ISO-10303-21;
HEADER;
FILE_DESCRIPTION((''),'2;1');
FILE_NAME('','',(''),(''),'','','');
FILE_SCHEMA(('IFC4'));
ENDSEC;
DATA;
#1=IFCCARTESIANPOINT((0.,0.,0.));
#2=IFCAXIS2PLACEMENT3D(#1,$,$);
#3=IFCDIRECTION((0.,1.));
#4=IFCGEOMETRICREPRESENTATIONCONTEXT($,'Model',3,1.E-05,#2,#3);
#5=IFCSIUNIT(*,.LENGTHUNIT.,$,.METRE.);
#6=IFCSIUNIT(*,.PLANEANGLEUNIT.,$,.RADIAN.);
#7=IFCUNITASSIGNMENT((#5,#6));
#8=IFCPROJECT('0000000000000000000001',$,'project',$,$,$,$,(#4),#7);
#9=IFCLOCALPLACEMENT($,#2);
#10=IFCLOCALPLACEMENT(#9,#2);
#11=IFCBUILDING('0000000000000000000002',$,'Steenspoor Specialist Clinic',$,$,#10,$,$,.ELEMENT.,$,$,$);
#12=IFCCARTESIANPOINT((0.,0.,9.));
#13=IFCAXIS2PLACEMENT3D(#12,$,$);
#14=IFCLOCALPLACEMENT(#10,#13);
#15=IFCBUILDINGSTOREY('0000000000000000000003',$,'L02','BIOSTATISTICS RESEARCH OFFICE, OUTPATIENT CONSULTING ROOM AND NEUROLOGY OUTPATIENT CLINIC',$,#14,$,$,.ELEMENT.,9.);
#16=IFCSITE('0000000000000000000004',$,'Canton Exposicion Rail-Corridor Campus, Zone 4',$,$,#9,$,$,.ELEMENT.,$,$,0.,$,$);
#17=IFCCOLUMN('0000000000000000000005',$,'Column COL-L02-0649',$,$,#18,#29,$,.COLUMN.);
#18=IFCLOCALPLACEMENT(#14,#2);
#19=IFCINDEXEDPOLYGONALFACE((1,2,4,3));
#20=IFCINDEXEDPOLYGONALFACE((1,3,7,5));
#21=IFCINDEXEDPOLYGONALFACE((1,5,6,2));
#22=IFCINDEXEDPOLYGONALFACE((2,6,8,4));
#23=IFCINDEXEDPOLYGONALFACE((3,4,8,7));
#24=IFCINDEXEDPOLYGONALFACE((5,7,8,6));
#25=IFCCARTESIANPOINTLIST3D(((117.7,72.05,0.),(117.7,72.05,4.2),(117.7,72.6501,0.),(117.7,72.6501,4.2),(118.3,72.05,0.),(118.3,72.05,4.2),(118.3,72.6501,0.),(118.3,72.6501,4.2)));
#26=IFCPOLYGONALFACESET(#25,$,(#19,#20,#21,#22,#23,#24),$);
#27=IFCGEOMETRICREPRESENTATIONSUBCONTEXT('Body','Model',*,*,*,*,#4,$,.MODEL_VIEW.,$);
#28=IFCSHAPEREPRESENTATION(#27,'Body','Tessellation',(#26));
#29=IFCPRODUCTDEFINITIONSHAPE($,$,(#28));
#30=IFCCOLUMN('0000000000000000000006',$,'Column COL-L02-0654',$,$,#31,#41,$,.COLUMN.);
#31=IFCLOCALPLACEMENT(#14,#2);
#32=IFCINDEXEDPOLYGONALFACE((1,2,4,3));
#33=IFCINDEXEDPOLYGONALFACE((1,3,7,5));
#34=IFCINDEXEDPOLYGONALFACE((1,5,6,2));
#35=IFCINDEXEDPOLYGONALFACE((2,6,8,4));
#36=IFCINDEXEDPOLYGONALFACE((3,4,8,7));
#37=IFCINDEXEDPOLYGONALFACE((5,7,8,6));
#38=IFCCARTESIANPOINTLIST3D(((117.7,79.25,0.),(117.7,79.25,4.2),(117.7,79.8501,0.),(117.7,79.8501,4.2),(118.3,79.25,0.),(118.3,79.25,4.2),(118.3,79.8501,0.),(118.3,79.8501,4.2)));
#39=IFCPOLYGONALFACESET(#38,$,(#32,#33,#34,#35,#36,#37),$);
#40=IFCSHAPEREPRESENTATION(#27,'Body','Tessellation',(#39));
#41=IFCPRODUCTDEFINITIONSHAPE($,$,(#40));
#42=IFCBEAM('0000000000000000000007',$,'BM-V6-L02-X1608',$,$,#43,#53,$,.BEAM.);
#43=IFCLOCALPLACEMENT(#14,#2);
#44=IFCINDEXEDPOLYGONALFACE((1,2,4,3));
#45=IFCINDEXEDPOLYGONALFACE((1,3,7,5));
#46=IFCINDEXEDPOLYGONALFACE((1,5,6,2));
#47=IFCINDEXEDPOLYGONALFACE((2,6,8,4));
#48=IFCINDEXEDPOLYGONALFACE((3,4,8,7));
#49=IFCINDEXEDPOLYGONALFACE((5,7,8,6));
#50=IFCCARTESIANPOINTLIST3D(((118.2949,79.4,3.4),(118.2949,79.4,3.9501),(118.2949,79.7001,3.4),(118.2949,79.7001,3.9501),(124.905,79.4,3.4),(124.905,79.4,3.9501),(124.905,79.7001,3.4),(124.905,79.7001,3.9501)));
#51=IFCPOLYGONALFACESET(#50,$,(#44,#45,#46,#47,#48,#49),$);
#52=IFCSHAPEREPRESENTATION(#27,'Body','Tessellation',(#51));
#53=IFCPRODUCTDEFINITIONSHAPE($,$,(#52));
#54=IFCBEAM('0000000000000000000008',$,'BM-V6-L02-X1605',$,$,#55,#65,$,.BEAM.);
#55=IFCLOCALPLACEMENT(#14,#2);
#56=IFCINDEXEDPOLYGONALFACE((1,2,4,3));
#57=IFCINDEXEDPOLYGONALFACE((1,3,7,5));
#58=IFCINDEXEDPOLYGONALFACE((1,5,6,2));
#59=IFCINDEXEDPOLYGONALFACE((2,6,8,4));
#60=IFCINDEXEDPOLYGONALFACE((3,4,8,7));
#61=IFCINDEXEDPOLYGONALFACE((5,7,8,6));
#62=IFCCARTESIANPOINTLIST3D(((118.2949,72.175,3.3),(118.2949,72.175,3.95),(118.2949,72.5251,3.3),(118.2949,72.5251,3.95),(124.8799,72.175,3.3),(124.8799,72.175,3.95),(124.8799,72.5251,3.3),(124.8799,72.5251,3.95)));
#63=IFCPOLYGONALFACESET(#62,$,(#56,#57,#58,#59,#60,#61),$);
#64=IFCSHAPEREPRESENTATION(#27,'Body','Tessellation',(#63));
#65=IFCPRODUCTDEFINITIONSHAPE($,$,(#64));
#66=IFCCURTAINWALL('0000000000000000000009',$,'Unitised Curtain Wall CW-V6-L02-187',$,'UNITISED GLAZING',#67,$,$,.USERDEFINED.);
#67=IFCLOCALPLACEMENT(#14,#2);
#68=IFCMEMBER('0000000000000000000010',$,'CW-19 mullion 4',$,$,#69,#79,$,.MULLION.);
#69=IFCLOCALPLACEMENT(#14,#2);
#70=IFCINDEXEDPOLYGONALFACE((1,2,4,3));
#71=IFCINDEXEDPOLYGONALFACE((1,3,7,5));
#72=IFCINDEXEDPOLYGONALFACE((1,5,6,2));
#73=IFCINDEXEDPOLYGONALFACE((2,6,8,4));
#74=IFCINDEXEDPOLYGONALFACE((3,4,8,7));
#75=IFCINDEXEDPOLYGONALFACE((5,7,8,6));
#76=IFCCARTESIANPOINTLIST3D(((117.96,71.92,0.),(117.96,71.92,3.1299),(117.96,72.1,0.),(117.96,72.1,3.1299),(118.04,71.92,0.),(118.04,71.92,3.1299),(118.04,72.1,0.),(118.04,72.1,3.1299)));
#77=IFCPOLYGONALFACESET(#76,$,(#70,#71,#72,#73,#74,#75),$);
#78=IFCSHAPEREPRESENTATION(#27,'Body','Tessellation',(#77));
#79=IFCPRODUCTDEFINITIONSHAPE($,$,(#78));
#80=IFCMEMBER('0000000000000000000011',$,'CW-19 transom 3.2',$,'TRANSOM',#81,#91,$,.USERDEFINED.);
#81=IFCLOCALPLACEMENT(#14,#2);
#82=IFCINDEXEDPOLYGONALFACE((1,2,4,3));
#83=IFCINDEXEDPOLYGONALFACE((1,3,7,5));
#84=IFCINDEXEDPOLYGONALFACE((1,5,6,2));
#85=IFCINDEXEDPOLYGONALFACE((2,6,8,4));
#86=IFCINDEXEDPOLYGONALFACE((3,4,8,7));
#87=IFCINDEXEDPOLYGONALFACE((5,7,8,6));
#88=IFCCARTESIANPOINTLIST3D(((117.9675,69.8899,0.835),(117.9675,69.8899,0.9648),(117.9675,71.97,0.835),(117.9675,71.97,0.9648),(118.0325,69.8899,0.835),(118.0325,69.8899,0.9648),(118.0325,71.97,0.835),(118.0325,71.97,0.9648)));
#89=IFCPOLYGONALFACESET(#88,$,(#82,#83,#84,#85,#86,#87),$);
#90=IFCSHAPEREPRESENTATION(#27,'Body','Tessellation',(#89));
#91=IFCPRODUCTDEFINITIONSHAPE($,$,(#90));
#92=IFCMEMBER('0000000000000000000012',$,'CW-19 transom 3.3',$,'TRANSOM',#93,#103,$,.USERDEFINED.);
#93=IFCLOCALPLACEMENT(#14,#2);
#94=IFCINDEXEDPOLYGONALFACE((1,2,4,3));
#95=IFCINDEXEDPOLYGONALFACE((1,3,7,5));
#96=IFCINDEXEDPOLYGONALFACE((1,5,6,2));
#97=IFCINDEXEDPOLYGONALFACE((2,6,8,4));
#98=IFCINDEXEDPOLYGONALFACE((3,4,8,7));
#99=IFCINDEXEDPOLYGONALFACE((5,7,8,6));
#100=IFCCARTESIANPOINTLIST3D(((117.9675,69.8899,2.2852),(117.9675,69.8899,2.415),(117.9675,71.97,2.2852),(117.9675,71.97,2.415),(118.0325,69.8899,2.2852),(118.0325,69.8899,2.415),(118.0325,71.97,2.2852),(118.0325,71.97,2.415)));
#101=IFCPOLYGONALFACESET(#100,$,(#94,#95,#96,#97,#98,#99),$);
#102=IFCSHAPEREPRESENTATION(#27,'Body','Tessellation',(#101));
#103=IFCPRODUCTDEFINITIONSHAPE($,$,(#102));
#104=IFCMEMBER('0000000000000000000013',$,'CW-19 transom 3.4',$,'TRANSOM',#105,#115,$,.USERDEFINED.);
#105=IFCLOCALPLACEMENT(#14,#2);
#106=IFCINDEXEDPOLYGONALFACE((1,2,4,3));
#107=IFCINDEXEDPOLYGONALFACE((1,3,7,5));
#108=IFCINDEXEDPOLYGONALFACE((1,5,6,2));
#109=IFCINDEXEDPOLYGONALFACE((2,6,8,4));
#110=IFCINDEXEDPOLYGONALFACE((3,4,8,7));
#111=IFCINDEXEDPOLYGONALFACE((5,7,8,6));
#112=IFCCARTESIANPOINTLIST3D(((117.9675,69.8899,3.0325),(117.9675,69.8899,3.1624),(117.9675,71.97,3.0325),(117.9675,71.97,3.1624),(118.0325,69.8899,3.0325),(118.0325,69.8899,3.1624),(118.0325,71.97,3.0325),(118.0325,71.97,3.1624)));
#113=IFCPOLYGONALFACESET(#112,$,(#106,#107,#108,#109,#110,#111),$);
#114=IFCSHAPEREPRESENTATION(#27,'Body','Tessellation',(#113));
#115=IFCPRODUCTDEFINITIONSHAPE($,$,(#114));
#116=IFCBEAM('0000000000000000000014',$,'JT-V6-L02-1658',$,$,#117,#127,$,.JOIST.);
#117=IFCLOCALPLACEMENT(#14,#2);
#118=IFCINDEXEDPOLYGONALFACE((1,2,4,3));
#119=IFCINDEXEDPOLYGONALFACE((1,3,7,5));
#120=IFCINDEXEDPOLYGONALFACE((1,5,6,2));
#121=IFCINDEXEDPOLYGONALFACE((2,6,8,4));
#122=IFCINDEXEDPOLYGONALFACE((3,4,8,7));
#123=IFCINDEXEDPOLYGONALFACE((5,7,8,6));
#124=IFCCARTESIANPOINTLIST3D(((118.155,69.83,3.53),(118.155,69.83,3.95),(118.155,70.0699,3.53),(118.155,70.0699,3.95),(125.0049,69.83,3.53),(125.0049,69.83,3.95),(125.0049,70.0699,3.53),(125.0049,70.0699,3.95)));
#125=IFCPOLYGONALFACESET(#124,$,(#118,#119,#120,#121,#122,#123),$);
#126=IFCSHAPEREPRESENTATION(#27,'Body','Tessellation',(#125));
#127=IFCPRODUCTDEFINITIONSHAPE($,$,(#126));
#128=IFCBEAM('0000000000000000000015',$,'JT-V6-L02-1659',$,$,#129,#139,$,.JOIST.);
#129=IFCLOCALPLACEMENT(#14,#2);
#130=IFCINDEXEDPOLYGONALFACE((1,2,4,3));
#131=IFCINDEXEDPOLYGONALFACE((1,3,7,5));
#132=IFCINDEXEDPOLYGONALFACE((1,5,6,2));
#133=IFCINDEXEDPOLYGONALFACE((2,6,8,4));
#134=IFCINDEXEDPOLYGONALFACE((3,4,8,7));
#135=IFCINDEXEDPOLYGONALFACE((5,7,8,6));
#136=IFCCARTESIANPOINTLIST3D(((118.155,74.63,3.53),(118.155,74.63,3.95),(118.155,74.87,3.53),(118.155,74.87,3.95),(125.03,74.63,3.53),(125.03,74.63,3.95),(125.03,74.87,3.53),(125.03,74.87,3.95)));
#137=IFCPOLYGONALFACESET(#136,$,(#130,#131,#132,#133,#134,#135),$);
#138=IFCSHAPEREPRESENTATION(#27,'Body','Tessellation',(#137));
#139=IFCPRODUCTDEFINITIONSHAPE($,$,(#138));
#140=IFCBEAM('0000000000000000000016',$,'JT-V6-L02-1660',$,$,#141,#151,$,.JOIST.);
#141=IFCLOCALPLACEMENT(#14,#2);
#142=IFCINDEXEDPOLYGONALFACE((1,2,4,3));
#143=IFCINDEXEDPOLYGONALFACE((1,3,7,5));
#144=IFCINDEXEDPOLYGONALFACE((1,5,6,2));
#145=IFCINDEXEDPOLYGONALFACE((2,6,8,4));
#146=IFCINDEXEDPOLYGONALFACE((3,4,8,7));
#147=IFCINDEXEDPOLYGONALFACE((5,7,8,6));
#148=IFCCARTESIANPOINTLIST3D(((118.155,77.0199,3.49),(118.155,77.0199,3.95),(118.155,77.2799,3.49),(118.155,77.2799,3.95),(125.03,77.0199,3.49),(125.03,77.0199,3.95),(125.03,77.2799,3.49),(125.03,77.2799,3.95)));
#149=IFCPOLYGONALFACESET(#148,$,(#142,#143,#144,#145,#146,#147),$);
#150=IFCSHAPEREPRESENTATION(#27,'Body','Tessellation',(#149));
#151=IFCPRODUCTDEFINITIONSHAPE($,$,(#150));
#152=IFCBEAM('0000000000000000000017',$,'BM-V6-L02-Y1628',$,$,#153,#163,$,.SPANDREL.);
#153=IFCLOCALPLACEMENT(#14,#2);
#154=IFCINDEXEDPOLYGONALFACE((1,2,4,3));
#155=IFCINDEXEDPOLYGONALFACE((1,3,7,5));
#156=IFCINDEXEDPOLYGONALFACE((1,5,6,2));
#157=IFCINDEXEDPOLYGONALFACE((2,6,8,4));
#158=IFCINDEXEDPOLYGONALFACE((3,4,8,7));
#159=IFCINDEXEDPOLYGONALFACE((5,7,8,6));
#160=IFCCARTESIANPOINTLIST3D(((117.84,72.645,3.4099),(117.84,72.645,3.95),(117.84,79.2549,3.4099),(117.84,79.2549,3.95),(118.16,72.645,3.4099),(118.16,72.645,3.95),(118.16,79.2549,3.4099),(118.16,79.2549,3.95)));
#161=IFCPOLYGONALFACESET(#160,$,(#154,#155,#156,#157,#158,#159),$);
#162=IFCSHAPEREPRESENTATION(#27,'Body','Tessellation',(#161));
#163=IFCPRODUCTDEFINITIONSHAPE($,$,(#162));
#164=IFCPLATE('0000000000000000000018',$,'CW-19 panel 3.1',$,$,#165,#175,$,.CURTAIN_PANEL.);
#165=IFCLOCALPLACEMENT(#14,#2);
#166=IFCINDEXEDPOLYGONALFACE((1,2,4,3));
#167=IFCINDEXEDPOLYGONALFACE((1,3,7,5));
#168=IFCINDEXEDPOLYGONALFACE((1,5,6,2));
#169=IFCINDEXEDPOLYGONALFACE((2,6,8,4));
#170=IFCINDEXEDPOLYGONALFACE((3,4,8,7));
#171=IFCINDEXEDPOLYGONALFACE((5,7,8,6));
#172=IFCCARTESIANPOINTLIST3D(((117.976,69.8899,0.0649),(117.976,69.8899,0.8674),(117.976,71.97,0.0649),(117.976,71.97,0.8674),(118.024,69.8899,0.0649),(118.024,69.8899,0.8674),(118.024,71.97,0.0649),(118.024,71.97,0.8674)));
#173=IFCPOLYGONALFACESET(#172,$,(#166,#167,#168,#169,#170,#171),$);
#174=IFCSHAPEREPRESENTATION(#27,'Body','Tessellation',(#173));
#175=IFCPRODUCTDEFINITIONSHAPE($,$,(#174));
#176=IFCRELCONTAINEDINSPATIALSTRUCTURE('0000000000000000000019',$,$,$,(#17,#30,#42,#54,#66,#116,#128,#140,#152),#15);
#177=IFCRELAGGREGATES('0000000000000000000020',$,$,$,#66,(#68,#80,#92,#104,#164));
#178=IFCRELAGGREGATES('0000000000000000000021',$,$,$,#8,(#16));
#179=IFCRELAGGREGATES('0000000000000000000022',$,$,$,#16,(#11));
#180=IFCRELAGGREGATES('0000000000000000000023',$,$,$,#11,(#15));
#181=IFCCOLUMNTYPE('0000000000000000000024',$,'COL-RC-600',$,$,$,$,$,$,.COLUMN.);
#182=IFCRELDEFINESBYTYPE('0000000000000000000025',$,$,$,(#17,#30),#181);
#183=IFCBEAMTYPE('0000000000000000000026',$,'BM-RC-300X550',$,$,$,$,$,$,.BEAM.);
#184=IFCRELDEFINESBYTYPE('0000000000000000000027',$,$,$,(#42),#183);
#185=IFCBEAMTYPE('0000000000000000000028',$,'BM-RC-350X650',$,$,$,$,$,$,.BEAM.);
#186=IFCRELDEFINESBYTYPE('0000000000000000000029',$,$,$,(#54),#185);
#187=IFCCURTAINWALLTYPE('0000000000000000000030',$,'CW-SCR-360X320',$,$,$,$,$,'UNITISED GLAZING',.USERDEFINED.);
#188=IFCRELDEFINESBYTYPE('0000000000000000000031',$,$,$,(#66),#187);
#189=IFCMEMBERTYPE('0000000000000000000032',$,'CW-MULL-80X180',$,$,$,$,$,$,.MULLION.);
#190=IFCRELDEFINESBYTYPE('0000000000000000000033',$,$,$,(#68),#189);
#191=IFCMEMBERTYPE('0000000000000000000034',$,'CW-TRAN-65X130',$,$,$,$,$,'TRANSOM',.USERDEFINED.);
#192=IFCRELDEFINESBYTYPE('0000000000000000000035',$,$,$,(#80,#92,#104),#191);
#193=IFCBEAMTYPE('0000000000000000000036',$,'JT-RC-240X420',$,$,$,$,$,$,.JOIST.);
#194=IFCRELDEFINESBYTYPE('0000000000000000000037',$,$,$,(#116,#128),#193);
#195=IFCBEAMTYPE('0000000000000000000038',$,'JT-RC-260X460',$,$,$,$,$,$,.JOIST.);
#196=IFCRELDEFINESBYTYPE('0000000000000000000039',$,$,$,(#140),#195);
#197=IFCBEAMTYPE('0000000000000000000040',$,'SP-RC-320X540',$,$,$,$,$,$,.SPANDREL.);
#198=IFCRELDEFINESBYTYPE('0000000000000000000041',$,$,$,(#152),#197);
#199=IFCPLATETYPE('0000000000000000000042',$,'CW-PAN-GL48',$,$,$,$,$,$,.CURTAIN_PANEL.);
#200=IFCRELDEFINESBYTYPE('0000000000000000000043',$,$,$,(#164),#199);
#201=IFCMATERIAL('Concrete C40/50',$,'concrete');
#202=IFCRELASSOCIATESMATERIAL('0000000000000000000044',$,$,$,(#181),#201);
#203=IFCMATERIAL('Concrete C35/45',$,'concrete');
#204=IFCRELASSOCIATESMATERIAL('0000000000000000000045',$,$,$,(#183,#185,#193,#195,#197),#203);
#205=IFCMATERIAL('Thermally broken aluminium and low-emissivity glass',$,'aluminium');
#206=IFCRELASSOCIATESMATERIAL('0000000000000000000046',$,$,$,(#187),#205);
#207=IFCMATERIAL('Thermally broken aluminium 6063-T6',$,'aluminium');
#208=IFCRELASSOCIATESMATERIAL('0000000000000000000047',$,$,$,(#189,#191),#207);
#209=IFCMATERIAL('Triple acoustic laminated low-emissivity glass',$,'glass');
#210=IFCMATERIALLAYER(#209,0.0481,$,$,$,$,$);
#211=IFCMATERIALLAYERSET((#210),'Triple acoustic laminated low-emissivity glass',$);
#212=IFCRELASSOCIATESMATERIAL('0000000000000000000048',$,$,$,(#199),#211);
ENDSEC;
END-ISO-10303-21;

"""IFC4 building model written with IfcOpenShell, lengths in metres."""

from ifc_helpers import new_model, si_unit, direction, frame, origin, origin_2d, place, context, subcontext, project, spatial, rectangle, extrude, material, layer, layer_set, material_profile, profile_set, type_object, element, aggregate, save


model = new_model("IFC4")

# Units and contexts
model_context = context("Model", 3, precision=1e-05, world=origin(), true_north=direction((0.0, 1.0)))
body_context = subcontext(model_context, "Body", "Model", "MODEL_VIEW")
ifc_project = project(units=[si_unit("LENGTHUNIT", "METRE"), si_unit("PLANEANGLEUNIT", "RADIAN")], contexts=[model_context])

# Site, building, storey
site_placement = place(None, origin())
site = spatial("IfcSite", under=ifc_project, at=site_placement, Name="Canton Exposicion Rail-Corridor Campus, Zone 4", CompositionType="ELEMENT", RefElevation=0.0)
building_placement = place(site_placement, origin())
building = spatial("IfcBuilding", under=site, at=building_placement, Name="Steenspoor Specialist Clinic", CompositionType="ELEMENT")
storey_placement = place(building_placement, frame((0.0, 0.0, 9.0)))
storey = spatial("IfcBuildingStorey", under=building, at=storey_placement, Name="L02", Description="BIOSTATISTICS RESEARCH OFFICE, OUTPATIENT CONSULTING ROOM AND NEUROLOGY OUTPATIENT CLINIC", CompositionType="ELEMENT", Elevation=9.0)

# Columns
ifc_material_1 = material(Name="Concrete C40/50", Category="concrete")
ifc_material_profile_1 = material_profile(ifc_material_1, rectangle(XDim=0.6001, YDim=0.6001, at=origin_2d()), Name="RC-COL-600X600")
ifc_profile_set_1 = profile_set([ifc_material_profile_1], Name="Concrete C40/50")
column_type = type_object("IfcColumnType", Name="COL-RC-600", PredefinedType="COLUMN", material=ifc_profile_set_1)
for number, where, z_axis, x_axis, name in (
    (1, (118.0, 72.3501, 0.0), (0.0, 0.0, 1.0), (1.0, 0.0, 0.0), "Column COL-L02-0649"),
    (2, (118.0, 79.55, 0.0), (0.0, 0.0, 1.0), (1.0, 0.0, 0.0), "Column COL-L02-0654"),
):
    element("IfcColumn", number, at=place(storey_placement, frame(where, z_axis=z_axis, x_axis=x_axis)), inside=storey, type_object=column_type, Name=name, PredefinedType="COLUMN", context=body_context, shape_type="SweptSolid", body=[
        extrude(rectangle(XDim=0.6001, YDim=0.6001, at=origin_2d()), origin(), (0.0, 0.0, 1.0), 4.2),
    ])

# Beams
ifc_material_2 = material(Name="Concrete C35/45", Category="concrete")
ifc_material_profile_2 = material_profile(ifc_material_2, rectangle(XDim=0.3, YDim=0.55, at=origin_2d()), Name="RC-BM-300X550")
ifc_profile_set_2 = profile_set([ifc_material_profile_2], Name="Concrete C35/45")
beam_type_1 = type_object("IfcBeamType", Name="BM-RC-300X550", PredefinedType="BEAM", material=ifc_profile_set_2)
beam_1_placement = place(storey_placement, frame((118.2949, 79.55, 3.675), z_axis=(1.0, 0.0, 0.0), x_axis=(0.0, 1.0, 0.0)))
element("IfcBeam", 3, at=beam_1_placement, inside=storey, type_object=beam_type_1, Name="BM-V6-L02-X1608", PredefinedType="BEAM", context=body_context, shape_type="SweptSolid", body=[
    extrude(rectangle(XDim=0.3, YDim=0.55, at=origin_2d()), origin(), (0.0, 0.0, 1.0), 6.6101),
])
ifc_material_profile_3 = material_profile(ifc_material_2, rectangle(XDim=0.3501, YDim=0.6499, at=origin_2d()), Name="RC-BM-350X650")
ifc_profile_set_3 = profile_set([ifc_material_profile_3], Name="Concrete C35/45")
beam_type_2 = type_object("IfcBeamType", Name="BM-RC-350X650", PredefinedType="BEAM", material=ifc_profile_set_3)
beam_2_placement = place(storey_placement, frame((118.2949, 72.3501, 3.625), z_axis=(1.0, 0.0, 0.0), x_axis=(0.0, 1.0, 0.0)))
element("IfcBeam", 4, at=beam_2_placement, inside=storey, type_object=beam_type_2, Name="BM-V6-L02-X1605", PredefinedType="BEAM", context=body_context, shape_type="SweptSolid", body=[
    extrude(rectangle(XDim=0.3501, YDim=0.6499, at=origin_2d()), origin(), (0.0, 0.0, 1.0), 6.585),
])

# Curtain wall, members
ifc_material_3 = material(Name="Thermally broken aluminium and low-emissivity glass", Category="aluminium")
curtain_wall_type = type_object("IfcCurtainWallType", Name="CW-SCR-360X320", ElementType="UNITISED GLAZING", PredefinedType="USERDEFINED", material=ifc_material_3)
curtain_wall_placement = place(storey_placement, origin())
curtain_wall = element("IfcCurtainWall", 5, at=curtain_wall_placement, inside=storey, type_object=curtain_wall_type, Name="Unitised Curtain Wall CW-V6-L02-187", ObjectType="UNITISED GLAZING", PredefinedType="USERDEFINED")
ifc_material_4 = material(Name="Thermally broken aluminium 6063-T6", Category="aluminium")
ifc_material_profile_4 = material_profile(ifc_material_4, rectangle(XDim=0.0801, YDim=0.1799, at=origin_2d()), Name="CWM-80X180")
ifc_profile_set_4 = profile_set([ifc_material_profile_4], Name="Thermally broken aluminium 6063-T6")
member_type_1 = type_object("IfcMemberType", Name="CW-MULL-80X180", PredefinedType="MULLION", material=ifc_profile_set_4)
member_1_placement = place(storey_placement, frame((118.0, 72.01, 0.0), z_axis=(0.0, 0.0, 1.0), x_axis=(-1.0, 0.0, 0.0)))
member_1 = element("IfcMember", 6, at=member_1_placement, type_object=member_type_1, Name="CW-19 mullion 4", PredefinedType="MULLION", context=body_context, shape_type="SweptSolid", body=[
    extrude(rectangle(XDim=0.0801, YDim=0.1799, at=origin_2d()), origin(), (0.0, 0.0, 1.0), 3.1299),
])
ifc_material_profile_5 = material_profile(ifc_material_4, rectangle(XDim=0.0649, YDim=0.1299, at=origin_2d()), Name="CWT-65X130")
ifc_profile_set_5 = profile_set([ifc_material_profile_5], Name="Thermally broken aluminium 6063-T6")
member_type_2 = type_object("IfcMemberType", Name="CW-TRAN-65X130", ElementType="TRANSOM", PredefinedType="USERDEFINED", material=ifc_profile_set_5)
member_2_placement = place(storey_placement, frame((118.0, 69.8899, 0.8999), z_axis=(0.0, 1.0, 0.0), x_axis=(-1.0, 0.0, 0.0)))
member_2 = element("IfcMember", 7, at=member_2_placement, type_object=member_type_2, Name="CW-19 transom 3.2", ObjectType="TRANSOM", PredefinedType="USERDEFINED", context=body_context, shape_type="SweptSolid", body=[
    extrude(rectangle(XDim=0.0649, YDim=0.1299, at=origin_2d()), origin(), (0.0, 0.0, 1.0), 2.0801),
])
member_3_placement = place(storey_placement, frame((118.0, 69.8899, 2.3501), z_axis=(0.0, 1.0, 0.0), x_axis=(-1.0, 0.0, 0.0)))
member_3 = element("IfcMember", 8, at=member_3_placement, type_object=member_type_2, Name="CW-19 transom 3.3", ObjectType="TRANSOM", PredefinedType="USERDEFINED", context=body_context, shape_type="SweptSolid", body=[
    extrude(rectangle(XDim=0.0649, YDim=0.1299, at=origin_2d()), origin(), (0.0, 0.0, 1.0), 2.0801),
])
member_4_placement = place(storey_placement, frame((118.0, 69.8899, 3.0974), z_axis=(0.0, 1.0, 0.0), x_axis=(-1.0, 0.0, 0.0)))
member_4 = element("IfcMember", 9, at=member_4_placement, type_object=member_type_2, Name="CW-19 transom 3.4", ObjectType="TRANSOM", PredefinedType="USERDEFINED", context=body_context, shape_type="SweptSolid", body=[
    extrude(rectangle(XDim=0.0649, YDim=0.1299, at=origin_2d()), origin(), (0.0, 0.0, 1.0), 2.0801),
])

# Beams
ifc_material_profile_6 = material_profile(ifc_material_2, rectangle(XDim=0.24, YDim=0.4199, at=origin_2d()), Name="RC-JT-240X420")
ifc_profile_set_6 = profile_set([ifc_material_profile_6], Name="Concrete C35/45")
beam_type_3 = type_object("IfcBeamType", Name="JT-RC-240X420", PredefinedType="JOIST", material=ifc_profile_set_6)
beam_3_placement = place(storey_placement, frame((118.155, 69.95, 3.74), z_axis=(1.0, 0.0, 0.0), x_axis=(0.0, 1.0, 0.0)))
element("IfcBeam", 10, at=beam_3_placement, inside=storey, type_object=beam_type_3, Name="JT-V6-L02-1658", PredefinedType="JOIST", context=body_context, shape_type="SweptSolid", body=[
    extrude(rectangle(XDim=0.24, YDim=0.4199, at=origin_2d()), origin(), (0.0, 0.0, 1.0), 6.8499),
])
beam_4_placement = place(storey_placement, frame((118.155, 74.75, 3.74), z_axis=(1.0, 0.0, 0.0), x_axis=(0.0, 1.0, 0.0)))
element("IfcBeam", 11, at=beam_4_placement, inside=storey, type_object=beam_type_3, Name="JT-V6-L02-1659", PredefinedType="JOIST", context=body_context, shape_type="SweptSolid", body=[
    extrude(rectangle(XDim=0.24, YDim=0.4199, at=origin_2d()), origin(), (0.0, 0.0, 1.0), 6.875),
])
ifc_material_profile_7 = material_profile(ifc_material_2, rectangle(XDim=0.26, YDim=0.46, at=origin_2d()), Name="RC-JT-260X460")
ifc_profile_set_7 = profile_set([ifc_material_profile_7], Name="Concrete C35/45")
beam_type_4 = type_object("IfcBeamType", Name="JT-RC-260X460", PredefinedType="JOIST", material=ifc_profile_set_7)
beam_5_placement = place(storey_placement, frame((118.155, 77.1499, 3.72), z_axis=(1.0, 0.0, 0.0), x_axis=(0.0, 1.0, 0.0)))
element("IfcBeam", 12, at=beam_5_placement, inside=storey, type_object=beam_type_4, Name="JT-V6-L02-1660", PredefinedType="JOIST", context=body_context, shape_type="SweptSolid", body=[
    extrude(rectangle(XDim=0.26, YDim=0.46, at=origin_2d()), origin(), (0.0, 0.0, 1.0), 6.875),
])
ifc_material_profile_8 = material_profile(ifc_material_2, rectangle(XDim=0.3201, YDim=0.54, at=origin_2d()), Name="RC-SP-320X540")
ifc_profile_set_8 = profile_set([ifc_material_profile_8], Name="Concrete C35/45")
beam_type_5 = type_object("IfcBeamType", Name="SP-RC-320X540", PredefinedType="SPANDREL", material=ifc_profile_set_8)
beam_6_placement = place(storey_placement, frame((118.0, 72.645, 3.6799), z_axis=(0.0, 1.0, 0.0), x_axis=(-1.0, 0.0, 0.0)))
element("IfcBeam", 13, at=beam_6_placement, inside=storey, type_object=beam_type_5, Name="BM-V6-L02-Y1628", PredefinedType="SPANDREL", context=body_context, shape_type="SweptSolid", body=[
    extrude(rectangle(XDim=0.3201, YDim=0.54, at=origin_2d()), origin(), (0.0, 0.0, 1.0), 6.6099),
])

# Plate
ifc_material_5 = material(Name="Triple acoustic laminated low-emissivity glass", Category="glass")
ifc_layer_1 = layer(ifc_material_5, 0.0481)
ifc_layer_set_1 = layer_set([ifc_layer_1], Name="Triple acoustic laminated low-emissivity glass")
plate_type = type_object("IfcPlateType", Name="CW-PAN-GL48", PredefinedType="CURTAIN_PANEL", material=ifc_layer_set_1)
plate_1_placement = place(storey_placement, frame((118.0, 70.9299, 0.0649), z_axis=(0.0, 0.0, 1.0), x_axis=(0.0, 1.0, 0.0)))
plate_1 = element("IfcPlate", 14, at=plate_1_placement, type_object=plate_type, Name="CW-19 panel 3.1", PredefinedType="CURTAIN_PANEL", context=body_context, shape_type="SweptSolid", body=[
    extrude(rectangle(XDim=2.0801, YDim=0.0481, at=origin_2d()), origin(), (0.0, 0.0, 1.0), 0.8025),
])
aggregate(curtain_wall, [member_1, member_2, member_3, member_4, plate_1])

save(model, "model.ifc")
